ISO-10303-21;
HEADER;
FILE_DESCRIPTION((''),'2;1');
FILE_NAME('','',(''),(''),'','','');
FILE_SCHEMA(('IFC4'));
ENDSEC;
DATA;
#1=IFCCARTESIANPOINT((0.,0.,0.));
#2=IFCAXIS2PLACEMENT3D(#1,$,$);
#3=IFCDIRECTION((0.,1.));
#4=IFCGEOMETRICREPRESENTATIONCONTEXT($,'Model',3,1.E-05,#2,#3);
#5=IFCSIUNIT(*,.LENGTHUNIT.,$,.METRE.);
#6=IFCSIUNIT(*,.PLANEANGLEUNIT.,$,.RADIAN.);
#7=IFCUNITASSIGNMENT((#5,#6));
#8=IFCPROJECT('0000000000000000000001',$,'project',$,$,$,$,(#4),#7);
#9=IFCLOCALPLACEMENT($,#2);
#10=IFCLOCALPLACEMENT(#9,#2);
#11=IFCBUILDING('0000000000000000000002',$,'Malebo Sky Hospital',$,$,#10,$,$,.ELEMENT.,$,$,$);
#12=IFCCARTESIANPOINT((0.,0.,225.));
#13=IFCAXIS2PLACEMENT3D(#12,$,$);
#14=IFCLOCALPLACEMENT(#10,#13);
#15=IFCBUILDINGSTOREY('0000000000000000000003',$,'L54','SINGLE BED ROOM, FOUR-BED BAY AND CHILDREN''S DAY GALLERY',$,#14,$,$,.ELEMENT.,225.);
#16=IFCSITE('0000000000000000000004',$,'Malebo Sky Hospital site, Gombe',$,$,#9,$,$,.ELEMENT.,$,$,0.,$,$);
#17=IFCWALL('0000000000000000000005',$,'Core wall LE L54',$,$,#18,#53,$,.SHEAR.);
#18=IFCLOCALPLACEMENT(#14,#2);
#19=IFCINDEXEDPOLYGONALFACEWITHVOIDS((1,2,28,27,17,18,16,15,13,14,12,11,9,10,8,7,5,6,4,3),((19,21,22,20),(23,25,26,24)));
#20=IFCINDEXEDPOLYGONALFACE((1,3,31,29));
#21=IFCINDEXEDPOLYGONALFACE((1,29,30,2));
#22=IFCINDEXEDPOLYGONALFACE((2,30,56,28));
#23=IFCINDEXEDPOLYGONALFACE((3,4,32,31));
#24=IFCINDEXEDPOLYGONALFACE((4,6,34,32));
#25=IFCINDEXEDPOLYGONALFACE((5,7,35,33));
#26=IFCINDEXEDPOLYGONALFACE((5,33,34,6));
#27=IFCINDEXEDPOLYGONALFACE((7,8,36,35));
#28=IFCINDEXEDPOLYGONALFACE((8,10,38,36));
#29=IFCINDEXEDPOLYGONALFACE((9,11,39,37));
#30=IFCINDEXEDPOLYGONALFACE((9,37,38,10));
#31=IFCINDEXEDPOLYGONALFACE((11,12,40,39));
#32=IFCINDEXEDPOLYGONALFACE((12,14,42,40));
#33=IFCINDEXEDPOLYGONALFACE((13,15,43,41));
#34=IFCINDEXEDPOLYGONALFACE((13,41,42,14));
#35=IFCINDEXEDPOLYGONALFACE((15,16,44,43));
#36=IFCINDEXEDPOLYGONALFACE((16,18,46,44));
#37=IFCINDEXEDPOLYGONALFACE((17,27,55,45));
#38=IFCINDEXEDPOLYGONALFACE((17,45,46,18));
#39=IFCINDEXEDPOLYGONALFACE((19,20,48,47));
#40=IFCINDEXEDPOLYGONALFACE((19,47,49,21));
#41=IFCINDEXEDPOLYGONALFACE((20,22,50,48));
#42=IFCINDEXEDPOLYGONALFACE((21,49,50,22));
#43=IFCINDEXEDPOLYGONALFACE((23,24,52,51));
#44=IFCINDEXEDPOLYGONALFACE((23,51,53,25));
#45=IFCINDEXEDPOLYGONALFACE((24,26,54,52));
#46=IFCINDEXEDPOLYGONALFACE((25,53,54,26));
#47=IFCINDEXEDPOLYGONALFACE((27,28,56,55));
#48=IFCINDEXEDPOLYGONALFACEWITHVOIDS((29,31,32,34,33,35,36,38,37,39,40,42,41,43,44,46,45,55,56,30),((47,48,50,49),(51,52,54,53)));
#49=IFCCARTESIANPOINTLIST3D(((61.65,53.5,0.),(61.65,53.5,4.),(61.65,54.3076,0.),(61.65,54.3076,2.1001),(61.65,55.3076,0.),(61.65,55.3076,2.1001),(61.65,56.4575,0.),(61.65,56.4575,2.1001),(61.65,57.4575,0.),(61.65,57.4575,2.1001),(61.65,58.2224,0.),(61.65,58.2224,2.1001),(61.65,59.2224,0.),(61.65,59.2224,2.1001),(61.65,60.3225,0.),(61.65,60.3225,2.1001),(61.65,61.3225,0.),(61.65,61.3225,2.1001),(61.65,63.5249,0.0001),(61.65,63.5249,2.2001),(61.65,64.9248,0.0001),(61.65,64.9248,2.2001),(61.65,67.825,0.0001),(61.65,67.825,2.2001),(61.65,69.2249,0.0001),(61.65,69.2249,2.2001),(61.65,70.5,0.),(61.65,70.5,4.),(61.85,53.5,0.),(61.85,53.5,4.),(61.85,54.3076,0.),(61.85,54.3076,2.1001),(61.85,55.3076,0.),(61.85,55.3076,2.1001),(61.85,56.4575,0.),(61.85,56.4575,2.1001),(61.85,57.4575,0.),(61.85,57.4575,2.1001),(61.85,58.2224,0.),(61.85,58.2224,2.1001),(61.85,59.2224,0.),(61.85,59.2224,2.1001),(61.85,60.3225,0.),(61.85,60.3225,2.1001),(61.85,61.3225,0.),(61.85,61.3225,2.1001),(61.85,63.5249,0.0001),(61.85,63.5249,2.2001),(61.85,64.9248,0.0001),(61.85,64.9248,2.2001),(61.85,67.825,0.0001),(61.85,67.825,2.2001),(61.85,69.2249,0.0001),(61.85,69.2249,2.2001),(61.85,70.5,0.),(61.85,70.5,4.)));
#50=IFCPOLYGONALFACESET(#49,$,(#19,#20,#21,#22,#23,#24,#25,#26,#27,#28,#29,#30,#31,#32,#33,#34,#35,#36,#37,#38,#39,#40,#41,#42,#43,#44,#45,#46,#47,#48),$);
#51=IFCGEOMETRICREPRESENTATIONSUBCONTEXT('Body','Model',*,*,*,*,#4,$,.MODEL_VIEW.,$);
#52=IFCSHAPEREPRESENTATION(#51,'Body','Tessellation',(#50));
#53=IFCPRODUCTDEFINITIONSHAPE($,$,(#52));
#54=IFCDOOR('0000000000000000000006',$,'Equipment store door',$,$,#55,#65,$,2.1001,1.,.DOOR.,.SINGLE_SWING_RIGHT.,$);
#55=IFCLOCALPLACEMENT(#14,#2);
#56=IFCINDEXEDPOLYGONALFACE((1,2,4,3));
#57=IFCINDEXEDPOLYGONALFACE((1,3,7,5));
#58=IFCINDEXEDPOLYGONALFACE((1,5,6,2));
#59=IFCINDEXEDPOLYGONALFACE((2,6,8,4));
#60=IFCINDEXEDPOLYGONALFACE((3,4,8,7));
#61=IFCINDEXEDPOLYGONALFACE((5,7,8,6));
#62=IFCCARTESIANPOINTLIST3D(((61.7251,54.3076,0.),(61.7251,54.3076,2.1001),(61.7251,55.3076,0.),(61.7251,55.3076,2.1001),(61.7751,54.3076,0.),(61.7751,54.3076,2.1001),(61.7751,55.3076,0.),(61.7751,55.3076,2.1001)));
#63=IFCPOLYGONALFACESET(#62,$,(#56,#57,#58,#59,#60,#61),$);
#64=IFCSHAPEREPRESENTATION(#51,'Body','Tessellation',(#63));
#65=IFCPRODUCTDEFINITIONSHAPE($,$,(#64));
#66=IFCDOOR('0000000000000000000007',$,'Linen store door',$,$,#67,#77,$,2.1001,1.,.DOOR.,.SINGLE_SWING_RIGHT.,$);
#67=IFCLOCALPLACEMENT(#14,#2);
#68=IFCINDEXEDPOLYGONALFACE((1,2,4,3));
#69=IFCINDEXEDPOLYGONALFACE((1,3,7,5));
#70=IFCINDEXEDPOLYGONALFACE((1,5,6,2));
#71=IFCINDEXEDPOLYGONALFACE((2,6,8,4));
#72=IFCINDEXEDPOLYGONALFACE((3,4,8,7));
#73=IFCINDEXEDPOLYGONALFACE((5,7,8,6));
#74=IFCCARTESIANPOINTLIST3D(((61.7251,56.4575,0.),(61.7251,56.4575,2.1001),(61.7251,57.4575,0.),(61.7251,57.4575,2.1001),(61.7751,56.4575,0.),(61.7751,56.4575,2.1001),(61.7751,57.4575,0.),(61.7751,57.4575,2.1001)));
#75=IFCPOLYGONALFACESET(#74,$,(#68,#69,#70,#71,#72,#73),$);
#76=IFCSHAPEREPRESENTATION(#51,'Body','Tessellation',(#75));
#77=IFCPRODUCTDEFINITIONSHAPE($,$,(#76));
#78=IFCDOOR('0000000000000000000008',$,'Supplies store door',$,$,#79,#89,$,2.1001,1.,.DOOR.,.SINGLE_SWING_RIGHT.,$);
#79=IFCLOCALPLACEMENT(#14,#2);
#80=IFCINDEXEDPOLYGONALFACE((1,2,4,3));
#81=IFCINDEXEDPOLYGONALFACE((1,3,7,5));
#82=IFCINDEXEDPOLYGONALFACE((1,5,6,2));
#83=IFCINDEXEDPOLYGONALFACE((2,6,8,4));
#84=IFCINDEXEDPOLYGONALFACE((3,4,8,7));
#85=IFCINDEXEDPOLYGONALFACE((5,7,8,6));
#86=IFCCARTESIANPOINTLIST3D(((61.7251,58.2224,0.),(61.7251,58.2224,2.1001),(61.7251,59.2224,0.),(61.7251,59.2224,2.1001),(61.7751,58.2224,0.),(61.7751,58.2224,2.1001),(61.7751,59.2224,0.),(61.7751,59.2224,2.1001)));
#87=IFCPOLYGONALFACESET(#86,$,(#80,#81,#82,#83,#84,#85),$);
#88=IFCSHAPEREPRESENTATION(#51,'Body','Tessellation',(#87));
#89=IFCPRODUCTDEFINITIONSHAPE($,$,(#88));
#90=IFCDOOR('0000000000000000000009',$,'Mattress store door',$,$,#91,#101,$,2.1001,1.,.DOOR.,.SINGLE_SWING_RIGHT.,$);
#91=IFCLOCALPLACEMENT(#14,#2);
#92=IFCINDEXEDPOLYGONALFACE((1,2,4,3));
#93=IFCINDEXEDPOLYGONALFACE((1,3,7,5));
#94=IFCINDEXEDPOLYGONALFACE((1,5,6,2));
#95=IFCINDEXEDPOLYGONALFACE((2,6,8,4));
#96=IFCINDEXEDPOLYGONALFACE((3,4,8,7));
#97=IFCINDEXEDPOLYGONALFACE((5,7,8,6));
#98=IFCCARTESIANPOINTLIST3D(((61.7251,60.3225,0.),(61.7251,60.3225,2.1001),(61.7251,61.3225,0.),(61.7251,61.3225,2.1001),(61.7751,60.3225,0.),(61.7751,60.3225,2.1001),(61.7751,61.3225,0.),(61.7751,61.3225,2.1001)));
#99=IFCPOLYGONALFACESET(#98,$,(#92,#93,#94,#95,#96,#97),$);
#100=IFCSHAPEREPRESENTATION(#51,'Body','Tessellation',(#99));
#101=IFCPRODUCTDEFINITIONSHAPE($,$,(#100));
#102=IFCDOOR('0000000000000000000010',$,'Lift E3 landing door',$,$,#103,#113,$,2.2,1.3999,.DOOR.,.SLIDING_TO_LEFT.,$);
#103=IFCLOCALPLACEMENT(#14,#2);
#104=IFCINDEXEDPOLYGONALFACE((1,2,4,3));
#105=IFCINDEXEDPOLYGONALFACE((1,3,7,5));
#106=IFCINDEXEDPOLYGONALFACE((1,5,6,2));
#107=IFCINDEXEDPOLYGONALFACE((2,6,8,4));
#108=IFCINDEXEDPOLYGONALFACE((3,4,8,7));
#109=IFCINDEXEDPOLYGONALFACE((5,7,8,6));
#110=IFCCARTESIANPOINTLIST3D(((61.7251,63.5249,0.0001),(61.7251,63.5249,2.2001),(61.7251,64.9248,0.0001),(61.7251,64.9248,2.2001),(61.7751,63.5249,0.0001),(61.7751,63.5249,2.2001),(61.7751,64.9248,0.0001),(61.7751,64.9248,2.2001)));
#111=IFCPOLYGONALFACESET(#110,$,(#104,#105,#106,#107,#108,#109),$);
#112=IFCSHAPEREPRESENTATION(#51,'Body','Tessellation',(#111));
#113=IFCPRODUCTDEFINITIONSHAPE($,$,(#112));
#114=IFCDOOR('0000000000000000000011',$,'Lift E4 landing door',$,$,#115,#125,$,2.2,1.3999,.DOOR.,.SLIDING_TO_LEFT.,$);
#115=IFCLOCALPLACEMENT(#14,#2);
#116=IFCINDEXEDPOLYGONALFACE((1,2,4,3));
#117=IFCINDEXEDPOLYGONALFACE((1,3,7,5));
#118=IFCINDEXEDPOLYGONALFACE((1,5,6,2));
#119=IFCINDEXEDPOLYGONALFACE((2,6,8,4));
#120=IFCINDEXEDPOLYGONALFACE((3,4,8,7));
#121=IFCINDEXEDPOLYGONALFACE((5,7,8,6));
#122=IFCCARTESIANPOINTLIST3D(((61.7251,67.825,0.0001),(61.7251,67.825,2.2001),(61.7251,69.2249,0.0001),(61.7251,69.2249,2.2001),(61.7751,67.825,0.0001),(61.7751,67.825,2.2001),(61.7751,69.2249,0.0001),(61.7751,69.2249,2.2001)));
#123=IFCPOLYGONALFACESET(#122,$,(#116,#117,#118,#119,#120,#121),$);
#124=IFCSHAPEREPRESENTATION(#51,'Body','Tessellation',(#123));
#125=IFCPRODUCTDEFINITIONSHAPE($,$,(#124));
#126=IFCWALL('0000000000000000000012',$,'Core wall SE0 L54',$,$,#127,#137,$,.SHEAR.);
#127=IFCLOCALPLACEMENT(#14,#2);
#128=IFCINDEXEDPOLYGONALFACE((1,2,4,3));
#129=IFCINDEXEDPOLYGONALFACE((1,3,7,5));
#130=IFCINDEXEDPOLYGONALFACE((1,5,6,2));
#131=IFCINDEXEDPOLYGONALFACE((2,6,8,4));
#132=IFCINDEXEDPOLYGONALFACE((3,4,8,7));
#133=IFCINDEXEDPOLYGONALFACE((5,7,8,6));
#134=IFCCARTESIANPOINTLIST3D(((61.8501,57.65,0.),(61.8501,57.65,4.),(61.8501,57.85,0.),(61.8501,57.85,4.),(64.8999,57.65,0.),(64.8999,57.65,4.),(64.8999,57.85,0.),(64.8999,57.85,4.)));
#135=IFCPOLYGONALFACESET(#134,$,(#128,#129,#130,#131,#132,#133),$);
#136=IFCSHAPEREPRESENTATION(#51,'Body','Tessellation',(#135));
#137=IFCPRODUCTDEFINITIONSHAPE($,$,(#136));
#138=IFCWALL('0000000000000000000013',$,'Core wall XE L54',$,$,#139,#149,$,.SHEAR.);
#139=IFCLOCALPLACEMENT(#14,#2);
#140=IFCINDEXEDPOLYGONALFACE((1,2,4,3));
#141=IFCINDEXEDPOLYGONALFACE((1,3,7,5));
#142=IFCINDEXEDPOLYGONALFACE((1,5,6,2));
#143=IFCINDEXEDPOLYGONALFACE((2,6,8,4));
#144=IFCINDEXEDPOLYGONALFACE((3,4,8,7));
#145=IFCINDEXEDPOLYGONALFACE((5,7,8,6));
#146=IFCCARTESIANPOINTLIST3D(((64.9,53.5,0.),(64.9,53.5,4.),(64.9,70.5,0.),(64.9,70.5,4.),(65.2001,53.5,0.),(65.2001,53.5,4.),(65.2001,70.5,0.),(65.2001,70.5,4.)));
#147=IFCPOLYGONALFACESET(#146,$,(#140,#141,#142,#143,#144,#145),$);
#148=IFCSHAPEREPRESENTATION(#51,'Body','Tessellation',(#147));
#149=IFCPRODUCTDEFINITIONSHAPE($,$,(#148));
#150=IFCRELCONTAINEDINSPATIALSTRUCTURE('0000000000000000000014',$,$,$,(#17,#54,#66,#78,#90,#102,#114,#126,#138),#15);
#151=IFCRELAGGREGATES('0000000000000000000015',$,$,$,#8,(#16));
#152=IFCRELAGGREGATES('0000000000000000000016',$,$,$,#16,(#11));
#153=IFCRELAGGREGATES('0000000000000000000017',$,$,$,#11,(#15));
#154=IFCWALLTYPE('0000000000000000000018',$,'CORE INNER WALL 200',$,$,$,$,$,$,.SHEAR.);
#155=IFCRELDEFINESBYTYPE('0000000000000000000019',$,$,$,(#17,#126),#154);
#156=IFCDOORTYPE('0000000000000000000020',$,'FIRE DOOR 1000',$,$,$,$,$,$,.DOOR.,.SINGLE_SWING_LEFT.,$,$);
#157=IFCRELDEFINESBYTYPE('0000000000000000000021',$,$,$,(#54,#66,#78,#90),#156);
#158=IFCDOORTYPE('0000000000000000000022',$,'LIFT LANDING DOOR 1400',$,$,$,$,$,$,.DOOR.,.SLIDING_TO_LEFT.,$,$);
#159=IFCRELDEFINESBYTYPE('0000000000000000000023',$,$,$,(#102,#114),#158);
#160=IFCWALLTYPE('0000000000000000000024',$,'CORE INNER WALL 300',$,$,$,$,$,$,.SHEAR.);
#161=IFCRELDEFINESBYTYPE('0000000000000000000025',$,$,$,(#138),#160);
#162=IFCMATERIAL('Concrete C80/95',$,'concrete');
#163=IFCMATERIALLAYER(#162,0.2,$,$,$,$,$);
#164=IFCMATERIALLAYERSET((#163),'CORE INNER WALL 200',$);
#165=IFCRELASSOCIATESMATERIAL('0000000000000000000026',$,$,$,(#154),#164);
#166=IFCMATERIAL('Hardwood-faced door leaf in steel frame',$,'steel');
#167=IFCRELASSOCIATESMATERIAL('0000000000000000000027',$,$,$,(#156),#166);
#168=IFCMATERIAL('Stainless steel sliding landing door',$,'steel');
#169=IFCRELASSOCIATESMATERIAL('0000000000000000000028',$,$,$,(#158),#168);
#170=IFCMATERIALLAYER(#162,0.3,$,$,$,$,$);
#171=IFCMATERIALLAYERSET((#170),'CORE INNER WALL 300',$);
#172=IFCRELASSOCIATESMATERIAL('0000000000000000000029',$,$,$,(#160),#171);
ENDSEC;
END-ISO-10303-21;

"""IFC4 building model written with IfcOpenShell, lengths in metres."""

from ifc_helpers import new_model, si_unit, direction, frame, frame_2d, origin, place, context, subcontext, project, spatial, rectangle, extrude, material, layer, layer_set, type_object, element, fill, save


model = new_model("IFC4")

# Units and contexts
model_context = context("Model", 3, precision=1e-05, world=origin(), true_north=direction((0.0, 1.0)))
body_context = subcontext(model_context, "Body", "Model", "MODEL_VIEW")
ifc_project = project(units=[si_unit("LENGTHUNIT", "METRE"), si_unit("PLANEANGLEUNIT", "RADIAN")], contexts=[model_context])

# Site, building, storey
site_placement = place(None, origin())
site = spatial("IfcSite", under=ifc_project, at=site_placement, Name="Malebo Sky Hospital site, Gombe", CompositionType="ELEMENT", RefElevation=0.0)
building_placement = place(site_placement, origin())
building = spatial("IfcBuilding", under=site, at=building_placement, Name="Malebo Sky Hospital", CompositionType="ELEMENT")
storey_placement = place(building_placement, frame((0.0, 0.0, 225.0)))
storey = spatial("IfcBuildingStorey", under=building, at=storey_placement, Name="L54", Description="SINGLE BED ROOM, FOUR-BED BAY AND CHILDREN'S DAY GALLERY", CompositionType="ELEMENT", Elevation=225.0)

# Wall, openings, doors
ifc_material_1 = material(Name="Concrete C80/95", Category="concrete")
ifc_layer_1 = layer(ifc_material_1, 0.2)
ifc_layer_set_1 = layer_set([ifc_layer_1], Name="CORE INNER WALL 200")
wall_type_1 = type_object("IfcWallType", Name="CORE INNER WALL 200", PredefinedType="SHEAR", material=ifc_layer_set_1)
ifc_material_2 = material(Name="Hardwood-faced door leaf in steel frame", Category="steel")
door_type_1 = type_object("IfcDoorType", Name="FIRE DOOR 1000", OperationType="SINGLE_SWING_LEFT", PredefinedType="DOOR", material=ifc_material_2)
ifc_material_3 = material(Name="Stainless steel sliding landing door", Category="steel")
door_type_2 = type_object("IfcDoorType", Name="LIFT LANDING DOOR 1400", OperationType="SLIDING_TO_LEFT", PredefinedType="DOOR", material=ifc_material_3)
wall_1_placement = place(storey_placement, frame((61.75, 53.5, 0.0), z_axis=(0.0, 0.0, 1.0), x_axis=(0.0, 1.0, 0.0)))
wall_1 = element("IfcWall", 1, at=wall_1_placement, inside=storey, type_object=wall_type_1, Name="Core wall LE L54", PredefinedType="SHEAR", context=body_context, shape_type="SweptSolid", body=[
    extrude(rectangle(XDim=17.0, YDim=0.2, at=frame_2d((8.5, 0.0))), origin(), (0.0, 0.0, 1.0), 4.0),
])
opening_1_placement = place(wall_1_placement, frame((0.8076, 0.0, 0.0)))
opening_1 = element("IfcOpeningElement", 2, at=opening_1_placement, cuts=wall_1, PredefinedType="OPENING", context=body_context, shape_type="SweptSolid", body=[
    extrude(rectangle(XDim=1.0, YDim=2.1001, at=frame_2d((0.5, 1.05))), frame((0.0, 0.1099, 0.0), z_axis=(0.0, -1.0, 0.0), x_axis=(1.0, 0.0, 0.0)), (0.0, 0.0, 1.0), 0.22),
])
opening_2_placement = place(wall_1_placement, frame((2.9575, 0.0, 0.0)))
opening_2 = element("IfcOpeningElement", 3, at=opening_2_placement, cuts=wall_1, PredefinedType="OPENING", context=body_context, shape_type="SweptSolid", body=[
    extrude(rectangle(XDim=1.0, YDim=2.1001, at=frame_2d((0.5, 1.05))), frame((0.0, 0.1099, 0.0), z_axis=(0.0, -1.0, 0.0), x_axis=(1.0, 0.0, 0.0)), (0.0, 0.0, 1.0), 0.22),
])
opening_3_placement = place(wall_1_placement, frame((4.7224, 0.0, 0.0)))
opening_3 = element("IfcOpeningElement", 4, at=opening_3_placement, cuts=wall_1, PredefinedType="OPENING", context=body_context, shape_type="SweptSolid", body=[
    extrude(rectangle(XDim=1.0, YDim=2.1001, at=frame_2d((0.5, 1.05))), frame((0.0, 0.1099, 0.0), z_axis=(0.0, -1.0, 0.0), x_axis=(1.0, 0.0, 0.0)), (0.0, 0.0, 1.0), 0.22),
])
opening_4_placement = place(wall_1_placement, frame((6.8225, 0.0, 0.0)))
opening_4 = element("IfcOpeningElement", 5, at=opening_4_placement, cuts=wall_1, PredefinedType="OPENING", context=body_context, shape_type="SweptSolid", body=[
    extrude(rectangle(XDim=1.0, YDim=2.1001, at=frame_2d((0.5, 1.05))), frame((0.0, 0.1099, 0.0), z_axis=(0.0, -1.0, 0.0), x_axis=(1.0, 0.0, 0.0)), (0.0, 0.0, 1.0), 0.22),
])
opening_5_placement = place(wall_1_placement, frame((10.0249, 0.0, 0.0)))
opening_5 = element("IfcOpeningElement", 6, at=opening_5_placement, cuts=wall_1, PredefinedType="OPENING", context=body_context, shape_type="SweptSolid", body=[
    extrude(rectangle(XDim=1.3999, YDim=2.2, at=frame_2d((0.7, 1.1001))), frame((0.0, 0.1099, 0.0), z_axis=(0.0, -1.0, 0.0), x_axis=(1.0, 0.0, 0.0)), (0.0, 0.0, 1.0), 0.22),
])
opening_6_placement = place(wall_1_placement, frame((14.325, 0.0, 0.0)))
opening_6 = element("IfcOpeningElement", 7, at=opening_6_placement, cuts=wall_1, PredefinedType="OPENING", context=body_context, shape_type="SweptSolid", body=[
    extrude(rectangle(XDim=1.3999, YDim=2.2, at=frame_2d((0.7, 1.1001))), frame((0.0, 0.1099, 0.0), z_axis=(0.0, -1.0, 0.0), x_axis=(1.0, 0.0, 0.0)), (0.0, 0.0, 1.0), 0.22),
])
door_1_placement = place(opening_1_placement, origin())
door_1 = element("IfcDoor", 8, at=door_1_placement, inside=storey, type_object=door_type_1, Name="Equipment store door", OperationType="SINGLE_SWING_RIGHT", OverallHeight=2.1001, OverallWidth=1.0, PredefinedType="DOOR", context=body_context, shape_type="SweptSolid", body=[
    extrude(rectangle(XDim=1.0, YDim=2.1001, at=frame_2d((0.5, 1.05))), frame((0.0, 0.0249, 0.0), z_axis=(0.0, -1.0, 0.0), x_axis=(1.0, 0.0, 0.0)), (0.0, 0.0, 1.0), 0.05),
])
fill(opening_1, door_1)
door_2_placement = place(opening_2_placement, origin())
door_2 = element("IfcDoor", 9, at=door_2_placement, inside=storey, type_object=door_type_1, Name="Linen store door", OperationType="SINGLE_SWING_RIGHT", OverallHeight=2.1001, OverallWidth=1.0, PredefinedType="DOOR", context=body_context, shape_type="SweptSolid", body=[
    extrude(rectangle(XDim=1.0, YDim=2.1001, at=frame_2d((0.5, 1.05))), frame((0.0, 0.0249, 0.0), z_axis=(0.0, -1.0, 0.0), x_axis=(1.0, 0.0, 0.0)), (0.0, 0.0, 1.0), 0.05),
])
fill(opening_2, door_2)
door_3_placement = place(opening_3_placement, origin())
door_3 = element("IfcDoor", 10, at=door_3_placement, inside=storey, type_object=door_type_1, Name="Supplies store door", OperationType="SINGLE_SWING_RIGHT", OverallHeight=2.1001, OverallWidth=1.0, PredefinedType="DOOR", context=body_context, shape_type="SweptSolid", body=[
    extrude(rectangle(XDim=1.0, YDim=2.1001, at=frame_2d((0.5, 1.05))), frame((0.0, 0.0249, 0.0), z_axis=(0.0, -1.0, 0.0), x_axis=(1.0, 0.0, 0.0)), (0.0, 0.0, 1.0), 0.05),
])
fill(opening_3, door_3)
door_4_placement = place(opening_4_placement, origin())
door_4 = element("IfcDoor", 11, at=door_4_placement, inside=storey, type_object=door_type_1, Name="Mattress store door", OperationType="SINGLE_SWING_RIGHT", OverallHeight=2.1001, OverallWidth=1.0, PredefinedType="DOOR", context=body_context, shape_type="SweptSolid", body=[
    extrude(rectangle(XDim=1.0, YDim=2.1001, at=frame_2d((0.5, 1.05))), frame((0.0, 0.0249, 0.0), z_axis=(0.0, -1.0, 0.0), x_axis=(1.0, 0.0, 0.0)), (0.0, 0.0, 1.0), 0.05),
])
fill(opening_4, door_4)
door_5_placement = place(opening_5_placement, origin())
door_5 = element("IfcDoor", 12, at=door_5_placement, inside=storey, type_object=door_type_2, Name="Lift E3 landing door", OperationType="SLIDING_TO_LEFT", OverallHeight=2.2, OverallWidth=1.3999, PredefinedType="DOOR", context=body_context, shape_type="SweptSolid", body=[
    extrude(rectangle(XDim=1.3999, YDim=2.2, at=frame_2d((0.7, 1.1001))), frame((0.0, 0.0249, 0.0), z_axis=(0.0, -1.0, 0.0), x_axis=(1.0, 0.0, 0.0)), (0.0, 0.0, 1.0), 0.05),
])
fill(opening_5, door_5)
door_6_placement = place(opening_6_placement, origin())
door_6 = element("IfcDoor", 13, at=door_6_placement, inside=storey, type_object=door_type_2, Name="Lift E4 landing door", OperationType="SLIDING_TO_LEFT", OverallHeight=2.2, OverallWidth=1.3999, PredefinedType="DOOR", context=body_context, shape_type="SweptSolid", body=[
    extrude(rectangle(XDim=1.3999, YDim=2.2, at=frame_2d((0.7, 1.1001))), frame((0.0, 0.0249, 0.0), z_axis=(0.0, -1.0, 0.0), x_axis=(1.0, 0.0, 0.0)), (0.0, 0.0, 1.0), 0.05),
])
fill(opening_6, door_6)

# Walls
wall_2_placement = place(storey_placement, frame((61.8501, 57.75, 0.0), z_axis=(0.0, 0.0, 1.0), x_axis=(1.0, 0.0, 0.0)))
element("IfcWall", 14, at=wall_2_placement, inside=storey, type_object=wall_type_1, Name="Core wall SE0 L54", PredefinedType="SHEAR", context=body_context, shape_type="SweptSolid", body=[
    extrude(rectangle(XDim=3.0498, YDim=0.2, at=frame_2d((1.5249, 0.0))), origin(), (0.0, 0.0, 1.0), 4.0),
])
ifc_layer_2 = layer(ifc_material_1, 0.3)
ifc_layer_set_2 = layer_set([ifc_layer_2], Name="CORE INNER WALL 300")
wall_type_2 = type_object("IfcWallType", Name="CORE INNER WALL 300", PredefinedType="SHEAR", material=ifc_layer_set_2)
wall_3_placement = place(storey_placement, frame((65.05, 53.5, 0.0), z_axis=(0.0, 0.0, 1.0), x_axis=(0.0, 1.0, 0.0)))
element("IfcWall", 15, at=wall_3_placement, inside=storey, type_object=wall_type_2, Name="Core wall XE L54", PredefinedType="SHEAR", context=body_context, shape_type="SweptSolid", body=[
    extrude(rectangle(XDim=17.0, YDim=0.3, at=frame_2d((8.5, 0.0))), origin(), (0.0, 0.0, 1.0), 4.0),
])

save(model, "model.ifc")
